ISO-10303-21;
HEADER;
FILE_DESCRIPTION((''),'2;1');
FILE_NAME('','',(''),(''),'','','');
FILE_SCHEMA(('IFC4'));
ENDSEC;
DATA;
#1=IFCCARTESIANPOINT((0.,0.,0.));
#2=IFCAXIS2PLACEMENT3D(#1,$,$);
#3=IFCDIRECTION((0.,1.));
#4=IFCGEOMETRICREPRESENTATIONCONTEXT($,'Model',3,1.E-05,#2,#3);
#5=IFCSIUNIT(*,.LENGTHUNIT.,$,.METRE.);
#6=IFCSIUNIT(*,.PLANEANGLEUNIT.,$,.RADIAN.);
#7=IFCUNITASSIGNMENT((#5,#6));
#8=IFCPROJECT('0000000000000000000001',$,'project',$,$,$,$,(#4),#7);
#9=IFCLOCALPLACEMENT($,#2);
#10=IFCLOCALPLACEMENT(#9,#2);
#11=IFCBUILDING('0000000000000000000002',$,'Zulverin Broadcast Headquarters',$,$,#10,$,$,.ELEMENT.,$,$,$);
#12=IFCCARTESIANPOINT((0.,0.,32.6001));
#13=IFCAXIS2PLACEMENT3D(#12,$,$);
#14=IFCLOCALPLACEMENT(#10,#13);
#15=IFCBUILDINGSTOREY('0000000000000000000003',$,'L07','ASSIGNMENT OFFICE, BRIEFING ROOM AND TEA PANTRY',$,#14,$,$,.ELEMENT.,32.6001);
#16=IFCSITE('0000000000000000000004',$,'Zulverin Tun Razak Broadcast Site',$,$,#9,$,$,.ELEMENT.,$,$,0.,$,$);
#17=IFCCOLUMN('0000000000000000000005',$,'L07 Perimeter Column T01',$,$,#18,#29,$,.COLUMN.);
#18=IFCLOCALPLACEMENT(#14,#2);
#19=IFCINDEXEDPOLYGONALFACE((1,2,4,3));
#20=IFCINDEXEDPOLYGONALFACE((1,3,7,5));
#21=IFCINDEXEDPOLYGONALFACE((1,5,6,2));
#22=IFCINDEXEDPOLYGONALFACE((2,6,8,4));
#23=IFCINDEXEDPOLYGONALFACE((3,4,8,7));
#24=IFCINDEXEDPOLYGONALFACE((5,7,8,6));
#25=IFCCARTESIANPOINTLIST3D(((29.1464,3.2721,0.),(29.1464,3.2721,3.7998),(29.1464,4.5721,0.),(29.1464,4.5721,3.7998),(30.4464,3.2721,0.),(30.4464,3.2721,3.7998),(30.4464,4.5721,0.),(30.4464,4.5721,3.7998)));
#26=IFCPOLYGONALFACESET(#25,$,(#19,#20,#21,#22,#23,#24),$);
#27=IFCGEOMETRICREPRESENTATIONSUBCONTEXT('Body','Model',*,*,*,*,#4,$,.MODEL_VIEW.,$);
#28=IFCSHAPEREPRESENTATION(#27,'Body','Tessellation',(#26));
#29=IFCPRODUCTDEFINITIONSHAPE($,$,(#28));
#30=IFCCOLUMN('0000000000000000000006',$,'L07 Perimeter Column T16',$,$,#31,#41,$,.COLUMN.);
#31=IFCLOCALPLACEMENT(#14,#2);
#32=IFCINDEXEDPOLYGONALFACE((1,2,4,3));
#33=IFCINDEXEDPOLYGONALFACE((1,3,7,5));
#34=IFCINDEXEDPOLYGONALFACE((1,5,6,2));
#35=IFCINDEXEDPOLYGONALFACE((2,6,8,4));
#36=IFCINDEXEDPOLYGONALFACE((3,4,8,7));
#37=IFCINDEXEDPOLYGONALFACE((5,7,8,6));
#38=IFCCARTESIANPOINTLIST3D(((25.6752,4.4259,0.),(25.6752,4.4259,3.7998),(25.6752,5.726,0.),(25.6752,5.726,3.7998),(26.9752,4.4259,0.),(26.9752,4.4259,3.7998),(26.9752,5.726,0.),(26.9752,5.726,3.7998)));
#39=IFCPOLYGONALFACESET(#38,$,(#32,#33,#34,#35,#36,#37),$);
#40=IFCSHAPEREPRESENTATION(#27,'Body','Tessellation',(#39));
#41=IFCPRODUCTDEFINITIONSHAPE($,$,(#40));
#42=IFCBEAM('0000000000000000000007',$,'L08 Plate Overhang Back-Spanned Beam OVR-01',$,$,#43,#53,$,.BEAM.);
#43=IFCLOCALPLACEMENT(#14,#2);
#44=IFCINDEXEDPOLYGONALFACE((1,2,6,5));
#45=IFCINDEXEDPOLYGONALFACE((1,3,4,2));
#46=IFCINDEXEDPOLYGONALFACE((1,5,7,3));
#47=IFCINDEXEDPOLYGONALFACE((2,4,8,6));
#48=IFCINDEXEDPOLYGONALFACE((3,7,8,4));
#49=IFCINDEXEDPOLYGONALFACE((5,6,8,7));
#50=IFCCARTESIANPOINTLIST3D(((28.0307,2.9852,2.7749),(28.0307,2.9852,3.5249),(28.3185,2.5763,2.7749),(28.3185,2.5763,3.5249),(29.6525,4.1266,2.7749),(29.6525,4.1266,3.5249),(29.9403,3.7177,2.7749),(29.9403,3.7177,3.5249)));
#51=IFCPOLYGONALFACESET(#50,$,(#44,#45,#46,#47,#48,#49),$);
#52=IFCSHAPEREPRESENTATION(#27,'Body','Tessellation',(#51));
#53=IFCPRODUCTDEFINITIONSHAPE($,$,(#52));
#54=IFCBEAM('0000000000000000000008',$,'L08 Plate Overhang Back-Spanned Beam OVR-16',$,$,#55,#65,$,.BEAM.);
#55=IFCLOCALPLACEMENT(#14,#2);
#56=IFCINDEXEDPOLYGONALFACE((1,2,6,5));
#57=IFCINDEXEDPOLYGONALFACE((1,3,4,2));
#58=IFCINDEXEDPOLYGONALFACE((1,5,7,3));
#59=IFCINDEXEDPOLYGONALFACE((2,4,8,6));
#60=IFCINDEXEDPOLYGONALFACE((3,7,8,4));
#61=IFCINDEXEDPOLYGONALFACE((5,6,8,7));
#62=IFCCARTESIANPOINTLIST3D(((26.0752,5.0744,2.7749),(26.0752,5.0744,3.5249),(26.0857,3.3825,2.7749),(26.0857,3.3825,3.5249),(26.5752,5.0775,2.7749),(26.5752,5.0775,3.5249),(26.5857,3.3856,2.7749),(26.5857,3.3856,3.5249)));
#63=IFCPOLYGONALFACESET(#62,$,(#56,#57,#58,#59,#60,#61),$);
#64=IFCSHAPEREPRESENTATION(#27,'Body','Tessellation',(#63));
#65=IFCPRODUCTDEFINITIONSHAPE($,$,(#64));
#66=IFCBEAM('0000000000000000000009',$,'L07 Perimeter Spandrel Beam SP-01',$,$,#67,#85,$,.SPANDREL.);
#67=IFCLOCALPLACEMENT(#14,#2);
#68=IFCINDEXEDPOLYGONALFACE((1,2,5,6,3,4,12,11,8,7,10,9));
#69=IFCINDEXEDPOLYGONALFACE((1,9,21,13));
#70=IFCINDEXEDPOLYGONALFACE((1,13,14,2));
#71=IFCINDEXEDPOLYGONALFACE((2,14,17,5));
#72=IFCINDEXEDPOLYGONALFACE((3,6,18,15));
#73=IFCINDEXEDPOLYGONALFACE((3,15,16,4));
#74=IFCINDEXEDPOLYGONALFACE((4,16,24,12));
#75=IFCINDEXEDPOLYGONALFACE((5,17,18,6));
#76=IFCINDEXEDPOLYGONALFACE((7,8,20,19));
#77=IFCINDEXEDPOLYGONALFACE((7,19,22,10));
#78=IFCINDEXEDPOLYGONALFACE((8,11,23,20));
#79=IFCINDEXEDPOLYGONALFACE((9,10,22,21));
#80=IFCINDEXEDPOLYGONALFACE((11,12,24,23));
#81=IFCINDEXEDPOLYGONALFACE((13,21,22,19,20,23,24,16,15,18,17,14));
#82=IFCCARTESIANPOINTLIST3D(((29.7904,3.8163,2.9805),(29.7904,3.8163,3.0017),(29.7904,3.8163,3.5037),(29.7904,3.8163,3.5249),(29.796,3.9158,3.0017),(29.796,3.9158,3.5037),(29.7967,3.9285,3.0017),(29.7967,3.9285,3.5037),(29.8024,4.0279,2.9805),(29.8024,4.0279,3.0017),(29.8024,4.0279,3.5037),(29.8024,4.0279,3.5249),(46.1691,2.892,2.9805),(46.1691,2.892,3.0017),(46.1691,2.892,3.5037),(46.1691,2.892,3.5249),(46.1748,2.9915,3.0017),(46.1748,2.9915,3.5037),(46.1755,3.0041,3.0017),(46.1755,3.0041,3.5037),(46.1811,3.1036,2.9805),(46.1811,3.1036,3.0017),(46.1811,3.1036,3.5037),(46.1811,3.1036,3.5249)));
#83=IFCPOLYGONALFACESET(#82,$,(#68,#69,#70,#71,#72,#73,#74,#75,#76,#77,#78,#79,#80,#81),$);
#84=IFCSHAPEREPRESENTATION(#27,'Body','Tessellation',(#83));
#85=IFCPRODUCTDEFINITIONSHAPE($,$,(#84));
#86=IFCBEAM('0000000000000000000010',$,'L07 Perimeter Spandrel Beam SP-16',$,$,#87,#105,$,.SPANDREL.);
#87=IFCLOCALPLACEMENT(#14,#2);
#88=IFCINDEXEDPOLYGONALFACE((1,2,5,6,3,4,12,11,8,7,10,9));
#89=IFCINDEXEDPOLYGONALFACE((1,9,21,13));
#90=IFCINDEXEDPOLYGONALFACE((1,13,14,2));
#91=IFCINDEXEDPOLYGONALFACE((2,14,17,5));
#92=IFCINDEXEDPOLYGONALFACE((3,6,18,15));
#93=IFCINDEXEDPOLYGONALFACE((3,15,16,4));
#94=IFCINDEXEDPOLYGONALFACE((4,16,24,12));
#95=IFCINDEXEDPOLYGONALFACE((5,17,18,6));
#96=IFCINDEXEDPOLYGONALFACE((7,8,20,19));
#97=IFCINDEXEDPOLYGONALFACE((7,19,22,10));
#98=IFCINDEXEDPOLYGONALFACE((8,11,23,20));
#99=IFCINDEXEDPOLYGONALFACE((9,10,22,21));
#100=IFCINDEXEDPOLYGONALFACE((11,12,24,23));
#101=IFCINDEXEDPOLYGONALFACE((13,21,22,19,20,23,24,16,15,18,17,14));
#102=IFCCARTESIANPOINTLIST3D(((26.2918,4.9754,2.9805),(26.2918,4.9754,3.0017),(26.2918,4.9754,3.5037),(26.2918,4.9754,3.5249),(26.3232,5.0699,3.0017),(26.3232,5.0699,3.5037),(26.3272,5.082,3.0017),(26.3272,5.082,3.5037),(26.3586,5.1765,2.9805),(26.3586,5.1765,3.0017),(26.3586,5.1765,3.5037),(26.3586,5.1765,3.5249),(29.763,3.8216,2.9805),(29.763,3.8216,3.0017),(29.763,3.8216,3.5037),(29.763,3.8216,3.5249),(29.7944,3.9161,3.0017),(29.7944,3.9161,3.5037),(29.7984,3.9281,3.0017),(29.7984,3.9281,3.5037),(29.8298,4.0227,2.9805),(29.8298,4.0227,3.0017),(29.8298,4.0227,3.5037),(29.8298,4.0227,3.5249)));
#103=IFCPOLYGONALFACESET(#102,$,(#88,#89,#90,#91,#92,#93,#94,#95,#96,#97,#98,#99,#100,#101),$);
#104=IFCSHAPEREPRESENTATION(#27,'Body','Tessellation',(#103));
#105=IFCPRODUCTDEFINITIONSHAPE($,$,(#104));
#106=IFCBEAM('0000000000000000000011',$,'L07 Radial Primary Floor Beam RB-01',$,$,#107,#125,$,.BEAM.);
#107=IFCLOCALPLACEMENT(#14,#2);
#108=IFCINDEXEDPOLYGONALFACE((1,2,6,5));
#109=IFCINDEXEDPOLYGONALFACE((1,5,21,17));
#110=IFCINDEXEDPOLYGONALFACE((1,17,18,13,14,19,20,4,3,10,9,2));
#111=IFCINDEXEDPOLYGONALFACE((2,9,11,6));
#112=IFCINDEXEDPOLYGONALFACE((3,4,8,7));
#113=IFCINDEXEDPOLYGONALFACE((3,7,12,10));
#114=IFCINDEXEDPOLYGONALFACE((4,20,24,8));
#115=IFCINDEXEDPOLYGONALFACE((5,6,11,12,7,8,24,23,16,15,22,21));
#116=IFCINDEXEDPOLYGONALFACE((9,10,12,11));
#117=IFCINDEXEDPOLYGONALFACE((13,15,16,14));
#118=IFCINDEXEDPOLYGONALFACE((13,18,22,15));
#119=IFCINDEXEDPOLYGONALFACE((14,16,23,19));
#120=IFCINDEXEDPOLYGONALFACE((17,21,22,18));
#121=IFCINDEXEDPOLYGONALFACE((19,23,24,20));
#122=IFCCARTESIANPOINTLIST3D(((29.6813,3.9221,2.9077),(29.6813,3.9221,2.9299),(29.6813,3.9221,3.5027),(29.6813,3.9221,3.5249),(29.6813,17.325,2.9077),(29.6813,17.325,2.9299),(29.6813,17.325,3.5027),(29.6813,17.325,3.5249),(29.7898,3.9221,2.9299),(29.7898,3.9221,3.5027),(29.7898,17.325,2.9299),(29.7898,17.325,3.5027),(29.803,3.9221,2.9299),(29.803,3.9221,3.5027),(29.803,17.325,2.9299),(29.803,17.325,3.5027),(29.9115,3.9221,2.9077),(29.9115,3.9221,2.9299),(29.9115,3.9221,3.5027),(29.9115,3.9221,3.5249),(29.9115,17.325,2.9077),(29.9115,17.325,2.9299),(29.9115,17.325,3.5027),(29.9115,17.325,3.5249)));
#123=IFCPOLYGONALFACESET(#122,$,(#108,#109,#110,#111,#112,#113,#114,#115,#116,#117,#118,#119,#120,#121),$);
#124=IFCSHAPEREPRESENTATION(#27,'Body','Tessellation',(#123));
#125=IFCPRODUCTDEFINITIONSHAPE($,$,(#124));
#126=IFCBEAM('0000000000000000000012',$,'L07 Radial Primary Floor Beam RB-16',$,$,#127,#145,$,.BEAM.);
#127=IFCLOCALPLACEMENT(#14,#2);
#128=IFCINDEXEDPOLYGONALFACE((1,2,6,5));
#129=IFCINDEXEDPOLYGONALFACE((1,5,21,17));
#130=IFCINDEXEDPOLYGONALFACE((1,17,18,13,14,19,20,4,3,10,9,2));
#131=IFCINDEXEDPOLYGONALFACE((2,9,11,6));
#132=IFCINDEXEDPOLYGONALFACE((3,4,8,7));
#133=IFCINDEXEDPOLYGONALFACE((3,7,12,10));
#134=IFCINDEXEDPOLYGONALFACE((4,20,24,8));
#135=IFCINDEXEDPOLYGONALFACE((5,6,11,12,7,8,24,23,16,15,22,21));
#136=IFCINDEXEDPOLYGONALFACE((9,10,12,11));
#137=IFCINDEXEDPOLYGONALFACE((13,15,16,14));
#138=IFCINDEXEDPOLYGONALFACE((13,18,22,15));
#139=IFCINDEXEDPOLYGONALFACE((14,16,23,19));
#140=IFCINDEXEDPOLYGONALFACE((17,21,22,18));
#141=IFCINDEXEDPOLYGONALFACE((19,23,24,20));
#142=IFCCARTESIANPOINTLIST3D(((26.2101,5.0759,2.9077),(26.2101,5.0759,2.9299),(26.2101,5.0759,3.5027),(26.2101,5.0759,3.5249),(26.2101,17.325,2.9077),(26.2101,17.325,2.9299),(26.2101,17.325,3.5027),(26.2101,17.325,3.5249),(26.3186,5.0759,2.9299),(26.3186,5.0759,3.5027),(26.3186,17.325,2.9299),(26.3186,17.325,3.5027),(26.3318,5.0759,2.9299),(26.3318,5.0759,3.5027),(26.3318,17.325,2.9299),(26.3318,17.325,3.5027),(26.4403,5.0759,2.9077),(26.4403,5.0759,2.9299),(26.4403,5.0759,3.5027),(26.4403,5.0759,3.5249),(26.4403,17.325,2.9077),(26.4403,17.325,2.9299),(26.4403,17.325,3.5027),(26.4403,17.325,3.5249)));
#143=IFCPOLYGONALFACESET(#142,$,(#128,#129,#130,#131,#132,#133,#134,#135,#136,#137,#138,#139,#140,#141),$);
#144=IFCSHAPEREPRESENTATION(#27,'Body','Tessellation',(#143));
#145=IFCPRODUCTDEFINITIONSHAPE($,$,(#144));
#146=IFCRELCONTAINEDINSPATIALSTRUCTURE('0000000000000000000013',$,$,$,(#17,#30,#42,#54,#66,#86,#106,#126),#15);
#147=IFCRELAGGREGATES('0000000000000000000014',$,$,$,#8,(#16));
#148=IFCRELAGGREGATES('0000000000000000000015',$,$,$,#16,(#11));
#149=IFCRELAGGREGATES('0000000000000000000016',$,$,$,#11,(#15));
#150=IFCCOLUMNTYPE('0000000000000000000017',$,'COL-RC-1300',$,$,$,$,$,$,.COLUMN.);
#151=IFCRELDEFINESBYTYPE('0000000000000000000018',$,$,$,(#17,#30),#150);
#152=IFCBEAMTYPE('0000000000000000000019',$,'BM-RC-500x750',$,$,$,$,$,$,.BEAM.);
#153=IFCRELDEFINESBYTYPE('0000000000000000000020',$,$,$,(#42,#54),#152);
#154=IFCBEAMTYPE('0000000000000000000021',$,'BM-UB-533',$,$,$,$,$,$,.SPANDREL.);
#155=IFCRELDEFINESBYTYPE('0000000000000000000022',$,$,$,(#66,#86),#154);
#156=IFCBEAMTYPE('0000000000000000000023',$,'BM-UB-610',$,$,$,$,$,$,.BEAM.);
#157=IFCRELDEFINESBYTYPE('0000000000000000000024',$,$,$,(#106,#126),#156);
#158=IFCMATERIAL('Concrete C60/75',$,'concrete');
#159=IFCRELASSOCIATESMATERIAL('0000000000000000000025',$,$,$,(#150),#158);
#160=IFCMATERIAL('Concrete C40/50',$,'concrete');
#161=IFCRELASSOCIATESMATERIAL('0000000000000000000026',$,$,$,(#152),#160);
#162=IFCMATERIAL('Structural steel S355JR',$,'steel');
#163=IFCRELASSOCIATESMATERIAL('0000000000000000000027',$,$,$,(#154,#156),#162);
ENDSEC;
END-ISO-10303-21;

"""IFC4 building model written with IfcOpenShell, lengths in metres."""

from ifc_helpers import new_model, si_unit, direction, frame, origin, origin_2d, place, context, subcontext, project, spatial, rectangle, i_section, extrude, material, material_profile, profile_set, type_object, element, save


model = new_model("IFC4")

# Units and contexts
model_context = context("Model", 3, precision=1e-05, world=origin(), true_north=direction((0.0, 1.0)))
body_context = subcontext(model_context, "Body", "Model", "MODEL_VIEW")
ifc_project = project(units=[si_unit("LENGTHUNIT", "METRE"), si_unit("PLANEANGLEUNIT", "RADIAN")], contexts=[model_context])

# Site, building, storey
site_placement = place(None, origin())
site = spatial("IfcSite", under=ifc_project, at=site_placement, Name="Zulverin Tun Razak Broadcast Site", CompositionType="ELEMENT", RefElevation=0.0)
building_placement = place(site_placement, origin())
building = spatial("IfcBuilding", under=site, at=building_placement, Name="Zulverin Broadcast Headquarters", CompositionType="ELEMENT")
storey_placement = place(building_placement, frame((0.0, 0.0, 32.6001)))
storey = spatial("IfcBuildingStorey", under=building, at=storey_placement, Name="L07", Description="ASSIGNMENT OFFICE, BRIEFING ROOM AND TEA PANTRY", CompositionType="ELEMENT", Elevation=32.6001)

# Columns
ifc_material_1 = material(Name="Concrete C60/75", Category="concrete")
ifc_material_profile_1 = material_profile(ifc_material_1, rectangle(XDim=1.3, YDim=1.3, at=origin_2d()), Name="Concrete C60/75", Category="concrete")
ifc_profile_set_1 = profile_set([ifc_material_profile_1], Name="Concrete C60/75")
column_type = type_object("IfcColumnType", Name="COL-RC-1300", PredefinedType="COLUMN", material=ifc_profile_set_1)
for number, where, z_axis, x_axis, name in (
    (1, (29.7964, 3.9221, 0.0), (0.0, 0.0, 1.0), (1.0, 0.0, 0.0), "L07 Perimeter Column T01"),
    (2, (26.3252, 5.0759, 0.0), (0.0, 0.0, 1.0), (1.0, 0.0, 0.0), "L07 Perimeter Column T16"),
):
    element("IfcColumn", number, at=place(storey_placement, frame(where, z_axis=z_axis, x_axis=x_axis)), inside=storey, type_object=column_type, Name=name, PredefinedType="COLUMN", context=body_context, shape_type="SweptSolid", body=[
        extrude(rectangle(XDim=1.3, YDim=1.3, at=origin_2d()), origin(), (0.0, 0.0, 1.0), 3.7998),
    ])

# Beams
ifc_material_2 = material(Name="Concrete C40/50", Category="concrete")
ifc_material_profile_2 = material_profile(ifc_material_2, rectangle(XDim=0.5, YDim=0.75, at=origin_2d()), Name="Concrete C40/50", Category="concrete")
ifc_profile_set_2 = profile_set([ifc_material_profile_2], Name="Concrete C40/50")
beam_type_1 = type_object("IfcBeamType", Name="BM-RC-500x750", PredefinedType="BEAM", material=ifc_profile_set_2)
beam_1_placement = place(storey_placement, frame((29.7964, 3.9221, 3.1499), z_axis=(-0.817789, -0.575518, 0.0), x_axis=(0.575518, -0.817789, 0.0)))
element("IfcBeam", 3, at=beam_1_placement, inside=storey, type_object=beam_type_1, Name="L08 Plate Overhang Back-Spanned Beam OVR-01", PredefinedType="BEAM", context=body_context, shape_type="SweptSolid", body=[
    extrude(rectangle(XDim=0.5, YDim=0.75, at=origin_2d()), origin(), (0.0, 0.0, 1.0), 1.9832),
])
beam_2_placement = place(storey_placement, frame((26.3252, 5.0759, 3.1499), z_axis=(0.006205, -0.999981, 0.0), x_axis=(0.999981, 0.006205, 0.0)))
element("IfcBeam", 4, at=beam_2_placement, inside=storey, type_object=beam_type_1, Name="L08 Plate Overhang Back-Spanned Beam OVR-16", PredefinedType="BEAM", context=body_context, shape_type="SweptSolid", body=[
    extrude(rectangle(XDim=0.5, YDim=0.75, at=origin_2d()), origin(), (0.0, 0.0, 1.0), 1.6919),
])
ifc_material_3 = material(Name="Structural steel S355JR", Category="steel")
ifc_material_profile_3 = material_profile(ifc_material_3, i_section(OverallWidth=0.2119, OverallDepth=0.5444, WebThickness=0.0127, FlangeThickness=0.0212, at=origin_2d()), Name="Structural steel S355JR", Category="steel")
ifc_profile_set_3 = profile_set([ifc_material_profile_3], Name="Structural steel S355JR")
beam_type_2 = type_object("IfcBeamType", Name="BM-UB-533", PredefinedType="SPANDREL", material=ifc_profile_set_3)
beam_3_placement = place(storey_placement, frame((29.7964, 3.9221, 3.2527), z_axis=(0.998411, -0.056345, 0.0), x_axis=(0.056345, 0.998411, 0.0)))
element("IfcBeam", 5, at=beam_3_placement, inside=storey, type_object=beam_type_2, Name="L07 Perimeter Spandrel Beam SP-01", PredefinedType="SPANDREL", context=body_context, shape_type="SweptSolid", body=[
    extrude(i_section(OverallWidth=0.2119, OverallDepth=0.5444, WebThickness=0.0127, FlangeThickness=0.0212, at=origin_2d()), origin(), (0.0, 0.0, 1.0), 16.4048),
])
beam_4_placement = place(storey_placement, frame((26.3252, 5.0759, 3.2527), z_axis=(0.94895, -0.315427, 0.0), x_axis=(0.315427, 0.94895, 0.0)))
element("IfcBeam", 6, at=beam_4_placement, inside=storey, type_object=beam_type_2, Name="L07 Perimeter Spandrel Beam SP-16", PredefinedType="SPANDREL", context=body_context, shape_type="SweptSolid", body=[
    extrude(i_section(OverallWidth=0.2119, OverallDepth=0.5444, WebThickness=0.0127, FlangeThickness=0.0212, at=origin_2d()), origin(), (0.0, 0.0, 1.0), 3.658),
])
ifc_material_profile_4 = material_profile(ifc_material_3, i_section(OverallWidth=0.2302, OverallDepth=0.6172, WebThickness=0.0132, FlangeThickness=0.0222, at=origin_2d()), Name="Structural steel S355JR", Category="steel")
ifc_profile_set_4 = profile_set([ifc_material_profile_4], Name="Structural steel S355JR")
beam_type_3 = type_object("IfcBeamType", Name="BM-UB-610", PredefinedType="BEAM", material=ifc_profile_set_4)
beam_5_placement = place(storey_placement, frame((29.7964, 17.325, 3.2163), z_axis=(0.0, -1.0, 0.0), x_axis=(1.0, 0.0, 0.0)))
element("IfcBeam", 7, at=beam_5_placement, inside=storey, type_object=beam_type_3, Name="L07 Radial Primary Floor Beam RB-01", PredefinedType="BEAM", context=body_context, shape_type="SweptSolid", body=[
    extrude(i_section(OverallWidth=0.2302, OverallDepth=0.6172, WebThickness=0.0132, FlangeThickness=0.0222, at=origin_2d()), origin(), (0.0, 0.0, 1.0), 13.4028),
])
beam_6_placement = place(storey_placement, frame((26.3252, 17.325, 3.2163), z_axis=(0.0, -1.0, 0.0), x_axis=(1.0, 0.0, 0.0)))
element("IfcBeam", 8, at=beam_6_placement, inside=storey, type_object=beam_type_3, Name="L07 Radial Primary Floor Beam RB-16", PredefinedType="BEAM", context=body_context, shape_type="SweptSolid", body=[
    extrude(i_section(OverallWidth=0.2302, OverallDepth=0.6172, WebThickness=0.0132, FlangeThickness=0.0222, at=origin_2d()), origin(), (0.0, 0.0, 1.0), 12.249),
])

save(model, "model.ifc")
